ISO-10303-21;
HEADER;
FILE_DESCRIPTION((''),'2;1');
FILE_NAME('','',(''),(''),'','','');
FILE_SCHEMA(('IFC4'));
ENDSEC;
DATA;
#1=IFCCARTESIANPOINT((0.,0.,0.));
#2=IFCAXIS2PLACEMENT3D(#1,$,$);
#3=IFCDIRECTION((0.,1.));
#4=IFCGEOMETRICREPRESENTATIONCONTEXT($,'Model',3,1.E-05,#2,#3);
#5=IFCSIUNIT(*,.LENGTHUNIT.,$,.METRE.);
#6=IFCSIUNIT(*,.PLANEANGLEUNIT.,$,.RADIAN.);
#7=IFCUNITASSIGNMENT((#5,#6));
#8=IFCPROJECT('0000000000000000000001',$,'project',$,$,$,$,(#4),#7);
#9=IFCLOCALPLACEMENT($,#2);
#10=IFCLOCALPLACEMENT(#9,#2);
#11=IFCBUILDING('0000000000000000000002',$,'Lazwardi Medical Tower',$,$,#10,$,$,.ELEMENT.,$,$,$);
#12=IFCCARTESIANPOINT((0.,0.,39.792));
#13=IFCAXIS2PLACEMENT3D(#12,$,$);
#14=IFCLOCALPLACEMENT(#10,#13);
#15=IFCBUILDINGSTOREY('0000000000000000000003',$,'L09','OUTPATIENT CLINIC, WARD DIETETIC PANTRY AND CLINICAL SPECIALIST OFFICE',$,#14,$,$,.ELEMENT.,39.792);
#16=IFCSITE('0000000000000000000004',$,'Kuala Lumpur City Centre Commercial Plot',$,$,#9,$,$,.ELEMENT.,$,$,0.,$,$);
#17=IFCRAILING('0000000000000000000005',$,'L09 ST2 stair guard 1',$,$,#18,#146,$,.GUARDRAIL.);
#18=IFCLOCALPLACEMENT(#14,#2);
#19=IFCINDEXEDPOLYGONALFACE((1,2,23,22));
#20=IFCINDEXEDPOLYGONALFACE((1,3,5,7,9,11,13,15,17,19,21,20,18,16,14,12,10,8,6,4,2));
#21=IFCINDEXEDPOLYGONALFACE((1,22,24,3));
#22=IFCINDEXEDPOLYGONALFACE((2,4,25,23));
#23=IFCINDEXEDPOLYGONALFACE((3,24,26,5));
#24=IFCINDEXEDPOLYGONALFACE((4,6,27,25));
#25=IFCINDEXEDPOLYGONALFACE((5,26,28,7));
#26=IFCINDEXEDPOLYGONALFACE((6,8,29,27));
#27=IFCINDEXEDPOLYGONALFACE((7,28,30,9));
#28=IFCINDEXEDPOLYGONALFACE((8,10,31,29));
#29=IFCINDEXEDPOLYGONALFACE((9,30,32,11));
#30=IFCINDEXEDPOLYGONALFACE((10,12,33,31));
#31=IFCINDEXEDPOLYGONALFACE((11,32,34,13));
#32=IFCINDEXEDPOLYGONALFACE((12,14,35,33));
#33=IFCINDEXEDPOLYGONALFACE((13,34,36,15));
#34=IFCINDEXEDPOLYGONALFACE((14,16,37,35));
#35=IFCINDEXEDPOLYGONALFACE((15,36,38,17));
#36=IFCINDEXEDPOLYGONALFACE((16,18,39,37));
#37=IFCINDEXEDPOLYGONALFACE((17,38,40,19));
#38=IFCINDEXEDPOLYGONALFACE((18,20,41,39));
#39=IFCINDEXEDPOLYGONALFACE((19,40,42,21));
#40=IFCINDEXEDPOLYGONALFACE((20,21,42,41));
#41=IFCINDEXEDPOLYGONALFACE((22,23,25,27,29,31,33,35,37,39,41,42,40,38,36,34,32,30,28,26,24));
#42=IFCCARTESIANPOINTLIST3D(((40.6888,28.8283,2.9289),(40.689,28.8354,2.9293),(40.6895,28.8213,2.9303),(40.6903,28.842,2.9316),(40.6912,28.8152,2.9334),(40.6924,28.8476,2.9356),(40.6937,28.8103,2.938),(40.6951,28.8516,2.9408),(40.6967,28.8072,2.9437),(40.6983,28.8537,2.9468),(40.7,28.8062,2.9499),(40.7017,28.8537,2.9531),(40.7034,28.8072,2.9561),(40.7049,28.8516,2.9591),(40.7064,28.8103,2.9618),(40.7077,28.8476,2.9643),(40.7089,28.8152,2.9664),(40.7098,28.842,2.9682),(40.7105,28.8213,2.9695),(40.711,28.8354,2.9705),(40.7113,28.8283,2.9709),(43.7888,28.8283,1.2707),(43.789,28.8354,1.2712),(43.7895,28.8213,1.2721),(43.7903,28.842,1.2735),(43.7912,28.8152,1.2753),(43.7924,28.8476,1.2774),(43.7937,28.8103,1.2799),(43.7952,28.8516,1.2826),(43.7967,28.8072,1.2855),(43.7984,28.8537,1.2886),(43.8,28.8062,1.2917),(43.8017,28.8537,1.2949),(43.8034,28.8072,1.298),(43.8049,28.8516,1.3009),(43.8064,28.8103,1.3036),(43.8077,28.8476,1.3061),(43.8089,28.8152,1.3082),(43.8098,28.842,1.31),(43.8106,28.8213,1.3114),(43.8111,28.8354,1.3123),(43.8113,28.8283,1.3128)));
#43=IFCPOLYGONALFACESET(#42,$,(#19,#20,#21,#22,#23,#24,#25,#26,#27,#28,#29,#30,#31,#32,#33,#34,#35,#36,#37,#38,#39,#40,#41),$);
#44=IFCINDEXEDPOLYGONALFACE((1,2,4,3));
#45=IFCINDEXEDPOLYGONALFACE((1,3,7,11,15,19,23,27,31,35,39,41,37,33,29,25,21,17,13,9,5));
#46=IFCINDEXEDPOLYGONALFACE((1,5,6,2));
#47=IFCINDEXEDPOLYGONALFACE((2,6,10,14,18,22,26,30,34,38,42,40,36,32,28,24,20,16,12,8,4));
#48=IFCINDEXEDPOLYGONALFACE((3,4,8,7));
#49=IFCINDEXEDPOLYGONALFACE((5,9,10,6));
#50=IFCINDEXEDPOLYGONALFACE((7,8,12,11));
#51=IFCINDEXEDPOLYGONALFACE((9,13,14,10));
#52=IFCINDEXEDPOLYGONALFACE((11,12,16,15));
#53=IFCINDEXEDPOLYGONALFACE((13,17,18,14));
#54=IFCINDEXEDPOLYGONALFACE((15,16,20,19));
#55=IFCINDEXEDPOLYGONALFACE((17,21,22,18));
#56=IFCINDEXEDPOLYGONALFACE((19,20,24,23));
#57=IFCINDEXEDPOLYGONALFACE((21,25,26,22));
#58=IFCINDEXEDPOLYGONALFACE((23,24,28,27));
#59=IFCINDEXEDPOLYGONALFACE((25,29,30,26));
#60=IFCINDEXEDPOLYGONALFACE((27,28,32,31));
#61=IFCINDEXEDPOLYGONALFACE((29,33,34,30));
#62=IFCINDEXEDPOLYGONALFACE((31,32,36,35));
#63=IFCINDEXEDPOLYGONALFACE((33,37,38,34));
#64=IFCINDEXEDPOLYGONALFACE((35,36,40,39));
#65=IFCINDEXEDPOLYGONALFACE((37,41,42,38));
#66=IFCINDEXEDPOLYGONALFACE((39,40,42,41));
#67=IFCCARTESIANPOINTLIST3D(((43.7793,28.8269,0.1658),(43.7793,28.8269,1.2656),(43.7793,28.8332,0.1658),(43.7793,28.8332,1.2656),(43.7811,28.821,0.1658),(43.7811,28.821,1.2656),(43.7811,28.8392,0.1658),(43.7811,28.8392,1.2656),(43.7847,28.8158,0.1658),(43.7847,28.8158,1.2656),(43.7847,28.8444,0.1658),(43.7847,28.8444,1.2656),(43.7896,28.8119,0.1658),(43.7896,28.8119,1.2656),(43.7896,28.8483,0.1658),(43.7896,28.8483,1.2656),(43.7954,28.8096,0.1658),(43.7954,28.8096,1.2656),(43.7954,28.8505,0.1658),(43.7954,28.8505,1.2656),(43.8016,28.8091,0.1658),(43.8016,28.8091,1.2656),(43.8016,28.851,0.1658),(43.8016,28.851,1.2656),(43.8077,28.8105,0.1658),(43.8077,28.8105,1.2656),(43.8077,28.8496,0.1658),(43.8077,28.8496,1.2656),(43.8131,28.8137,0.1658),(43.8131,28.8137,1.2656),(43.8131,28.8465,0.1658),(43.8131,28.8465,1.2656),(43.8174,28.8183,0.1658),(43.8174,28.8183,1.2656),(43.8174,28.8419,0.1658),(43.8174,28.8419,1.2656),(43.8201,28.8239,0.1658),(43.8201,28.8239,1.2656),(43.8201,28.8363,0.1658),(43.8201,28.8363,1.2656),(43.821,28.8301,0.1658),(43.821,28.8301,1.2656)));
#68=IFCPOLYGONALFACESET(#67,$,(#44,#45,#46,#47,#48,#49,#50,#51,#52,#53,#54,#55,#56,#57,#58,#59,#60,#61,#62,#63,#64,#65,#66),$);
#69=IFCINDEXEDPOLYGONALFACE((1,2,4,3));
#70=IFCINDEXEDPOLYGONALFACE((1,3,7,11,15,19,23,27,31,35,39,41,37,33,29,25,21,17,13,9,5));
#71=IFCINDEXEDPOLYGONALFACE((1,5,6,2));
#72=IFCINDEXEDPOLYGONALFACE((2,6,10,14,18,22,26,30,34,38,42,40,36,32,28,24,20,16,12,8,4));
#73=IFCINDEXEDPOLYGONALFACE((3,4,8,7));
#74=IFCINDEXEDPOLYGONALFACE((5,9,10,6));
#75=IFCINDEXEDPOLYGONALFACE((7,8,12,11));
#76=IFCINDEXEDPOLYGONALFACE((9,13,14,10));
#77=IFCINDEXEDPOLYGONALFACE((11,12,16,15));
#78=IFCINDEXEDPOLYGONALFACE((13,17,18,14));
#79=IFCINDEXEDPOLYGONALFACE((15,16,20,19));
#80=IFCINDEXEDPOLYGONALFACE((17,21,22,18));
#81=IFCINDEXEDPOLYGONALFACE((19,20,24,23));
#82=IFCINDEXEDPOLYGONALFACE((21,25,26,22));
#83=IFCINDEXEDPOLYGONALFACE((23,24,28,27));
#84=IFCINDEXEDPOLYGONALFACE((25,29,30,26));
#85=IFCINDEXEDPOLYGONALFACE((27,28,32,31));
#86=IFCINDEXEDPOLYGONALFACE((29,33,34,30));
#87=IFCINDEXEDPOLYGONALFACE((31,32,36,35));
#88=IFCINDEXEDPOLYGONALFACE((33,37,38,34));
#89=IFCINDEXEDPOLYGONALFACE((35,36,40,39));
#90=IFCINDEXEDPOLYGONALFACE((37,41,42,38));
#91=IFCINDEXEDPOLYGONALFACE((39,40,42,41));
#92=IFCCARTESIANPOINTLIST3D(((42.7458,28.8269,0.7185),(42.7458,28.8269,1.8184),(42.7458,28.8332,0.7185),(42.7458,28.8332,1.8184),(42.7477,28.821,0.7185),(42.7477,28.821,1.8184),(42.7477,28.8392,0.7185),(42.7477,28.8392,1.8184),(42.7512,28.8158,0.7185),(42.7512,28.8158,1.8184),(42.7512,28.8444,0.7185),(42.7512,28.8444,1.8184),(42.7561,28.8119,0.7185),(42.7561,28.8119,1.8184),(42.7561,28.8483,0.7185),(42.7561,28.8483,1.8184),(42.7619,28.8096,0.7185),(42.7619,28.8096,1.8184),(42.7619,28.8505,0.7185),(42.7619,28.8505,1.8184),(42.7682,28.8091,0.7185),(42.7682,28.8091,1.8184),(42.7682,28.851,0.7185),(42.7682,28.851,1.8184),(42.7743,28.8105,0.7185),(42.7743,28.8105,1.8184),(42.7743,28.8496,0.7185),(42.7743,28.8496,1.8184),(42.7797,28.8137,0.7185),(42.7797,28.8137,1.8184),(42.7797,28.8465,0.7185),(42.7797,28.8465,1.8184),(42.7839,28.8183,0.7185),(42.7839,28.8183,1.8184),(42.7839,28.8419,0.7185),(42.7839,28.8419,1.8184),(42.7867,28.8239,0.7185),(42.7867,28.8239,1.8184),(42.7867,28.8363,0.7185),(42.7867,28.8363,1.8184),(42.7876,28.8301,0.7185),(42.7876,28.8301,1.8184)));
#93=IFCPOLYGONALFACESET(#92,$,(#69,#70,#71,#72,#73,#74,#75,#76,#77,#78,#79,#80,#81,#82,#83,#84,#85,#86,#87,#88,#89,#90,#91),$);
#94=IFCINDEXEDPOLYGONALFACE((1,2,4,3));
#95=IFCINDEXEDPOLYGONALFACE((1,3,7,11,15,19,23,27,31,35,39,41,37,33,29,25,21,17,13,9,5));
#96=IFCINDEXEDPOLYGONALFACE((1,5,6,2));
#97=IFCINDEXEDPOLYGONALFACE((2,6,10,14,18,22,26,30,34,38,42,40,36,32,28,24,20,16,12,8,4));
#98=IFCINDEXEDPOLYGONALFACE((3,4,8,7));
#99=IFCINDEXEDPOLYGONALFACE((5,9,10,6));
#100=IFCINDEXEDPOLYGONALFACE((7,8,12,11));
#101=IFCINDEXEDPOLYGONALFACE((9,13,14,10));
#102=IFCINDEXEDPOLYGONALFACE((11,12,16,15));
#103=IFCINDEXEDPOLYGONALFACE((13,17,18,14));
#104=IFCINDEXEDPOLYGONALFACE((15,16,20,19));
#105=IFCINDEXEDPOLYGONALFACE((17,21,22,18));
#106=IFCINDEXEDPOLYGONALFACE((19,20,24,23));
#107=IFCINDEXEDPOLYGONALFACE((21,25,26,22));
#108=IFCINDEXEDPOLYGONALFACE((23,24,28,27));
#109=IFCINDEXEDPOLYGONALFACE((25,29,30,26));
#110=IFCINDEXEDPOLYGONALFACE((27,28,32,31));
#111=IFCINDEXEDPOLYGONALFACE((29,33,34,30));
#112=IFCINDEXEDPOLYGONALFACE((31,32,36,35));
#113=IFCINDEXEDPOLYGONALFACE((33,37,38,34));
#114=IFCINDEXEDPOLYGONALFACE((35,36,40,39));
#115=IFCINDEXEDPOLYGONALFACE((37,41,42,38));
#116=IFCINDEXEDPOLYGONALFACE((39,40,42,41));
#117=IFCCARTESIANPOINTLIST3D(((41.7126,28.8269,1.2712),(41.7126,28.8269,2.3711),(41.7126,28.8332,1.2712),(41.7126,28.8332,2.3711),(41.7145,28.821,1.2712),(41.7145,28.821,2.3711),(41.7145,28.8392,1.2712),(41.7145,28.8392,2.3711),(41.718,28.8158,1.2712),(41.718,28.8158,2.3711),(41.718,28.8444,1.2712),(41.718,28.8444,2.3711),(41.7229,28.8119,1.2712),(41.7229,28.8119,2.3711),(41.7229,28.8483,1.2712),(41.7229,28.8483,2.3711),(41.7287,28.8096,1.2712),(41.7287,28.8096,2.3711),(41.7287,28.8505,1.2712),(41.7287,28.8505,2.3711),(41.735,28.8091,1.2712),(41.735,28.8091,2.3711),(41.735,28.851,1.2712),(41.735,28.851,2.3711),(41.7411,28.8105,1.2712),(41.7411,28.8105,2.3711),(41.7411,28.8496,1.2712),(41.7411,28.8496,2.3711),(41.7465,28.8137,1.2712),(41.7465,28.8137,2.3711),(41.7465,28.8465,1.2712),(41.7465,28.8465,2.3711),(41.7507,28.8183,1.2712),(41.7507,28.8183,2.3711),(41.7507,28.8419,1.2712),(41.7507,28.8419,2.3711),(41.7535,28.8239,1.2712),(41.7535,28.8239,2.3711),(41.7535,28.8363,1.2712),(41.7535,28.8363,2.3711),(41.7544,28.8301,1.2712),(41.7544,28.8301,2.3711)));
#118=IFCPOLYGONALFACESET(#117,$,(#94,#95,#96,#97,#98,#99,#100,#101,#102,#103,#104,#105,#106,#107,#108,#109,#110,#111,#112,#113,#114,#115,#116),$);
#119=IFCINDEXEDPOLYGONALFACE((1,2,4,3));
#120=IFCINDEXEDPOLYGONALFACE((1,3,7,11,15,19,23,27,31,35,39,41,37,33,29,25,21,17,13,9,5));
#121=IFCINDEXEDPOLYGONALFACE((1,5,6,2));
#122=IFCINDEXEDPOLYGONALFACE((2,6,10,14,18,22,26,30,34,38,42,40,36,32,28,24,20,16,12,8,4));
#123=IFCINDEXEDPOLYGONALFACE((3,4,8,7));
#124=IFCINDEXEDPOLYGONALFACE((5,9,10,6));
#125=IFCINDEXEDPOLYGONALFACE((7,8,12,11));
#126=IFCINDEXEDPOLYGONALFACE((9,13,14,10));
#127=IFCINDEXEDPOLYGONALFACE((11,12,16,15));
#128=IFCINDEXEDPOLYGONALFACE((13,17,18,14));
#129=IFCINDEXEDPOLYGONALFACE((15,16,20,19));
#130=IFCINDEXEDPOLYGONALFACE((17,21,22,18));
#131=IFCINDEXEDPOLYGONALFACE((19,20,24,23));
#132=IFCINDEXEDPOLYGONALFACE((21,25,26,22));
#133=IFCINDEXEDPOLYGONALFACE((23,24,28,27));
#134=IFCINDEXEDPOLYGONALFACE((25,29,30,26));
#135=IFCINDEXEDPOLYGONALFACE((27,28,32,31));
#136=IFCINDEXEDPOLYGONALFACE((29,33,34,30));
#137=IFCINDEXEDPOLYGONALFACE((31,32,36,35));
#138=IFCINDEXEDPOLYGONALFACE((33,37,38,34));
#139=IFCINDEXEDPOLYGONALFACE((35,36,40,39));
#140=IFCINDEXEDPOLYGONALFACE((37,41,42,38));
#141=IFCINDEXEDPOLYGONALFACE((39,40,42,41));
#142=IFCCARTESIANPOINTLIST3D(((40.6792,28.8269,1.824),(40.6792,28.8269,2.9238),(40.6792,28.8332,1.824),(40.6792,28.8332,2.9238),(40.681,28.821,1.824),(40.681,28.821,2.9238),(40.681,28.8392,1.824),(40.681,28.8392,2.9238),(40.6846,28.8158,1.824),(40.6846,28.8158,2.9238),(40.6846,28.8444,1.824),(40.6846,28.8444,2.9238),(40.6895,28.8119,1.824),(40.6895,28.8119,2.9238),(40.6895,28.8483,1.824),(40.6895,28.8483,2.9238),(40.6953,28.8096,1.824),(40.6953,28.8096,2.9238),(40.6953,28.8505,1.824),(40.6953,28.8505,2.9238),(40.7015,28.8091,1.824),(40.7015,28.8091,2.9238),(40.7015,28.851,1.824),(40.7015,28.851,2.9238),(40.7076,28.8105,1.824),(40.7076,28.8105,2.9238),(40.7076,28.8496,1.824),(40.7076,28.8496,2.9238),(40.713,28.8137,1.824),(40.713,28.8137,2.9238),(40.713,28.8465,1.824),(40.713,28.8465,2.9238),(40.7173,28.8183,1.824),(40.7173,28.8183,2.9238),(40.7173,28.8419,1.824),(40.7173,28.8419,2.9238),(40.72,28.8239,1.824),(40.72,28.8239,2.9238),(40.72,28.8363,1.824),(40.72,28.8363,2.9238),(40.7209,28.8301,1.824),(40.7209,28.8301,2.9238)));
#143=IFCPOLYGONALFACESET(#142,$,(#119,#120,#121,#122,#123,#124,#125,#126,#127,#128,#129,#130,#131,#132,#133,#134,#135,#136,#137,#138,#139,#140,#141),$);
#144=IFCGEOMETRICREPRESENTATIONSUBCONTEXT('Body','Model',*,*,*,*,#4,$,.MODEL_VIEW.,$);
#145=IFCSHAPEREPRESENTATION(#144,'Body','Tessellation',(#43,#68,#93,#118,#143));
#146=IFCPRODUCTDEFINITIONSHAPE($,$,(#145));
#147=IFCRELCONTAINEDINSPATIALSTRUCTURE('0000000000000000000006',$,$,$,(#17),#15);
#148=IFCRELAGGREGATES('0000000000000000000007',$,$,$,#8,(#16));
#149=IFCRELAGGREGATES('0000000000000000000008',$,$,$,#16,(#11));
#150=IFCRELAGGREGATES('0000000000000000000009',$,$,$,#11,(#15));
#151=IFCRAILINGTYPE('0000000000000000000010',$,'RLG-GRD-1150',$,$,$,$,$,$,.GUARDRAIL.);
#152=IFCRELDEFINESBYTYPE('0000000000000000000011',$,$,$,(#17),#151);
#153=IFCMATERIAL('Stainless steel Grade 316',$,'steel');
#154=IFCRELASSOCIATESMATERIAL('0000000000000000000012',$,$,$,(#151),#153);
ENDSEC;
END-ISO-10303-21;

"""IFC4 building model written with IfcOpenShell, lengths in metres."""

from ifc_helpers import new_model, si_unit, direction, frame, origin, origin_2d, place, context, subcontext, project, spatial, circle, extrude, material, type_object, element, save


model = new_model("IFC4")

# Units and contexts
model_context = context("Model", 3, precision=1e-05, world=origin(), true_north=direction((0.0, 1.0)))
body_context = subcontext(model_context, "Body", "Model", "MODEL_VIEW")
ifc_project = project(units=[si_unit("LENGTHUNIT", "METRE"), si_unit("PLANEANGLEUNIT", "RADIAN")], contexts=[model_context])

# Site, building, storey
site_placement = place(None, origin())
site = spatial("IfcSite", under=ifc_project, at=site_placement, Name="Kuala Lumpur City Centre Commercial Plot", CompositionType="ELEMENT", RefElevation=0.0)
building_placement = place(site_placement, origin())
building = spatial("IfcBuilding", under=site, at=building_placement, Name="Lazwardi Medical Tower", CompositionType="ELEMENT")
storey_placement = place(building_placement, frame((0.0, 0.0, 39.792)))
storey = spatial("IfcBuildingStorey", under=building, at=storey_placement, Name="L09", Description="OUTPATIENT CLINIC, WARD DIETETIC PANTRY AND CLINICAL SPECIALIST OFFICE", CompositionType="ELEMENT", Elevation=39.792)

# Railing
ifc_material_1 = material(Name="Stainless steel Grade 316", Category="steel")
railing_type_1 = type_object("IfcRailingType", Name="RLG-GRD-1150", PredefinedType="GUARDRAIL", material=ifc_material_1)
railing_1_placement = place(storey_placement, frame((43.8, 28.8301, 0.1658)))
element("IfcRailing", 1, at=railing_1_placement, inside=storey, type_object=railing_type_1, Name="L09 ST2 stair guard 1", PredefinedType="GUARDRAIL", context=body_context, shape_type="SweptSolid", body=[
    extrude(circle(Radius=0.0239, at=origin_2d()), frame((0.0, 0.0, 1.126), z_axis=(-0.881783, 0.0, 0.471655), x_axis=(0.0, -1.0, 0.0)), (0.0, 0.0, 1.0), 3.5156),
    extrude(circle(Radius=0.021, at=origin_2d()), origin(), (0.0, 0.0, 1.0), 1.0999),
    extrude(circle(Radius=0.021, at=origin_2d()), frame((-1.0334, 0.0, 0.5527)), (0.0, 0.0, 1.0), 1.0999),
    extrude(circle(Radius=0.021, at=origin_2d()), frame((-2.0667, 0.0, 1.1055)), (0.0, 0.0, 1.0), 1.0999),
    extrude(circle(Radius=0.021, at=origin_2d()), frame((-3.1001, 0.0, 1.6582)), (0.0, 0.0, 1.0), 1.0999),
])

save(model, "model.ifc")
